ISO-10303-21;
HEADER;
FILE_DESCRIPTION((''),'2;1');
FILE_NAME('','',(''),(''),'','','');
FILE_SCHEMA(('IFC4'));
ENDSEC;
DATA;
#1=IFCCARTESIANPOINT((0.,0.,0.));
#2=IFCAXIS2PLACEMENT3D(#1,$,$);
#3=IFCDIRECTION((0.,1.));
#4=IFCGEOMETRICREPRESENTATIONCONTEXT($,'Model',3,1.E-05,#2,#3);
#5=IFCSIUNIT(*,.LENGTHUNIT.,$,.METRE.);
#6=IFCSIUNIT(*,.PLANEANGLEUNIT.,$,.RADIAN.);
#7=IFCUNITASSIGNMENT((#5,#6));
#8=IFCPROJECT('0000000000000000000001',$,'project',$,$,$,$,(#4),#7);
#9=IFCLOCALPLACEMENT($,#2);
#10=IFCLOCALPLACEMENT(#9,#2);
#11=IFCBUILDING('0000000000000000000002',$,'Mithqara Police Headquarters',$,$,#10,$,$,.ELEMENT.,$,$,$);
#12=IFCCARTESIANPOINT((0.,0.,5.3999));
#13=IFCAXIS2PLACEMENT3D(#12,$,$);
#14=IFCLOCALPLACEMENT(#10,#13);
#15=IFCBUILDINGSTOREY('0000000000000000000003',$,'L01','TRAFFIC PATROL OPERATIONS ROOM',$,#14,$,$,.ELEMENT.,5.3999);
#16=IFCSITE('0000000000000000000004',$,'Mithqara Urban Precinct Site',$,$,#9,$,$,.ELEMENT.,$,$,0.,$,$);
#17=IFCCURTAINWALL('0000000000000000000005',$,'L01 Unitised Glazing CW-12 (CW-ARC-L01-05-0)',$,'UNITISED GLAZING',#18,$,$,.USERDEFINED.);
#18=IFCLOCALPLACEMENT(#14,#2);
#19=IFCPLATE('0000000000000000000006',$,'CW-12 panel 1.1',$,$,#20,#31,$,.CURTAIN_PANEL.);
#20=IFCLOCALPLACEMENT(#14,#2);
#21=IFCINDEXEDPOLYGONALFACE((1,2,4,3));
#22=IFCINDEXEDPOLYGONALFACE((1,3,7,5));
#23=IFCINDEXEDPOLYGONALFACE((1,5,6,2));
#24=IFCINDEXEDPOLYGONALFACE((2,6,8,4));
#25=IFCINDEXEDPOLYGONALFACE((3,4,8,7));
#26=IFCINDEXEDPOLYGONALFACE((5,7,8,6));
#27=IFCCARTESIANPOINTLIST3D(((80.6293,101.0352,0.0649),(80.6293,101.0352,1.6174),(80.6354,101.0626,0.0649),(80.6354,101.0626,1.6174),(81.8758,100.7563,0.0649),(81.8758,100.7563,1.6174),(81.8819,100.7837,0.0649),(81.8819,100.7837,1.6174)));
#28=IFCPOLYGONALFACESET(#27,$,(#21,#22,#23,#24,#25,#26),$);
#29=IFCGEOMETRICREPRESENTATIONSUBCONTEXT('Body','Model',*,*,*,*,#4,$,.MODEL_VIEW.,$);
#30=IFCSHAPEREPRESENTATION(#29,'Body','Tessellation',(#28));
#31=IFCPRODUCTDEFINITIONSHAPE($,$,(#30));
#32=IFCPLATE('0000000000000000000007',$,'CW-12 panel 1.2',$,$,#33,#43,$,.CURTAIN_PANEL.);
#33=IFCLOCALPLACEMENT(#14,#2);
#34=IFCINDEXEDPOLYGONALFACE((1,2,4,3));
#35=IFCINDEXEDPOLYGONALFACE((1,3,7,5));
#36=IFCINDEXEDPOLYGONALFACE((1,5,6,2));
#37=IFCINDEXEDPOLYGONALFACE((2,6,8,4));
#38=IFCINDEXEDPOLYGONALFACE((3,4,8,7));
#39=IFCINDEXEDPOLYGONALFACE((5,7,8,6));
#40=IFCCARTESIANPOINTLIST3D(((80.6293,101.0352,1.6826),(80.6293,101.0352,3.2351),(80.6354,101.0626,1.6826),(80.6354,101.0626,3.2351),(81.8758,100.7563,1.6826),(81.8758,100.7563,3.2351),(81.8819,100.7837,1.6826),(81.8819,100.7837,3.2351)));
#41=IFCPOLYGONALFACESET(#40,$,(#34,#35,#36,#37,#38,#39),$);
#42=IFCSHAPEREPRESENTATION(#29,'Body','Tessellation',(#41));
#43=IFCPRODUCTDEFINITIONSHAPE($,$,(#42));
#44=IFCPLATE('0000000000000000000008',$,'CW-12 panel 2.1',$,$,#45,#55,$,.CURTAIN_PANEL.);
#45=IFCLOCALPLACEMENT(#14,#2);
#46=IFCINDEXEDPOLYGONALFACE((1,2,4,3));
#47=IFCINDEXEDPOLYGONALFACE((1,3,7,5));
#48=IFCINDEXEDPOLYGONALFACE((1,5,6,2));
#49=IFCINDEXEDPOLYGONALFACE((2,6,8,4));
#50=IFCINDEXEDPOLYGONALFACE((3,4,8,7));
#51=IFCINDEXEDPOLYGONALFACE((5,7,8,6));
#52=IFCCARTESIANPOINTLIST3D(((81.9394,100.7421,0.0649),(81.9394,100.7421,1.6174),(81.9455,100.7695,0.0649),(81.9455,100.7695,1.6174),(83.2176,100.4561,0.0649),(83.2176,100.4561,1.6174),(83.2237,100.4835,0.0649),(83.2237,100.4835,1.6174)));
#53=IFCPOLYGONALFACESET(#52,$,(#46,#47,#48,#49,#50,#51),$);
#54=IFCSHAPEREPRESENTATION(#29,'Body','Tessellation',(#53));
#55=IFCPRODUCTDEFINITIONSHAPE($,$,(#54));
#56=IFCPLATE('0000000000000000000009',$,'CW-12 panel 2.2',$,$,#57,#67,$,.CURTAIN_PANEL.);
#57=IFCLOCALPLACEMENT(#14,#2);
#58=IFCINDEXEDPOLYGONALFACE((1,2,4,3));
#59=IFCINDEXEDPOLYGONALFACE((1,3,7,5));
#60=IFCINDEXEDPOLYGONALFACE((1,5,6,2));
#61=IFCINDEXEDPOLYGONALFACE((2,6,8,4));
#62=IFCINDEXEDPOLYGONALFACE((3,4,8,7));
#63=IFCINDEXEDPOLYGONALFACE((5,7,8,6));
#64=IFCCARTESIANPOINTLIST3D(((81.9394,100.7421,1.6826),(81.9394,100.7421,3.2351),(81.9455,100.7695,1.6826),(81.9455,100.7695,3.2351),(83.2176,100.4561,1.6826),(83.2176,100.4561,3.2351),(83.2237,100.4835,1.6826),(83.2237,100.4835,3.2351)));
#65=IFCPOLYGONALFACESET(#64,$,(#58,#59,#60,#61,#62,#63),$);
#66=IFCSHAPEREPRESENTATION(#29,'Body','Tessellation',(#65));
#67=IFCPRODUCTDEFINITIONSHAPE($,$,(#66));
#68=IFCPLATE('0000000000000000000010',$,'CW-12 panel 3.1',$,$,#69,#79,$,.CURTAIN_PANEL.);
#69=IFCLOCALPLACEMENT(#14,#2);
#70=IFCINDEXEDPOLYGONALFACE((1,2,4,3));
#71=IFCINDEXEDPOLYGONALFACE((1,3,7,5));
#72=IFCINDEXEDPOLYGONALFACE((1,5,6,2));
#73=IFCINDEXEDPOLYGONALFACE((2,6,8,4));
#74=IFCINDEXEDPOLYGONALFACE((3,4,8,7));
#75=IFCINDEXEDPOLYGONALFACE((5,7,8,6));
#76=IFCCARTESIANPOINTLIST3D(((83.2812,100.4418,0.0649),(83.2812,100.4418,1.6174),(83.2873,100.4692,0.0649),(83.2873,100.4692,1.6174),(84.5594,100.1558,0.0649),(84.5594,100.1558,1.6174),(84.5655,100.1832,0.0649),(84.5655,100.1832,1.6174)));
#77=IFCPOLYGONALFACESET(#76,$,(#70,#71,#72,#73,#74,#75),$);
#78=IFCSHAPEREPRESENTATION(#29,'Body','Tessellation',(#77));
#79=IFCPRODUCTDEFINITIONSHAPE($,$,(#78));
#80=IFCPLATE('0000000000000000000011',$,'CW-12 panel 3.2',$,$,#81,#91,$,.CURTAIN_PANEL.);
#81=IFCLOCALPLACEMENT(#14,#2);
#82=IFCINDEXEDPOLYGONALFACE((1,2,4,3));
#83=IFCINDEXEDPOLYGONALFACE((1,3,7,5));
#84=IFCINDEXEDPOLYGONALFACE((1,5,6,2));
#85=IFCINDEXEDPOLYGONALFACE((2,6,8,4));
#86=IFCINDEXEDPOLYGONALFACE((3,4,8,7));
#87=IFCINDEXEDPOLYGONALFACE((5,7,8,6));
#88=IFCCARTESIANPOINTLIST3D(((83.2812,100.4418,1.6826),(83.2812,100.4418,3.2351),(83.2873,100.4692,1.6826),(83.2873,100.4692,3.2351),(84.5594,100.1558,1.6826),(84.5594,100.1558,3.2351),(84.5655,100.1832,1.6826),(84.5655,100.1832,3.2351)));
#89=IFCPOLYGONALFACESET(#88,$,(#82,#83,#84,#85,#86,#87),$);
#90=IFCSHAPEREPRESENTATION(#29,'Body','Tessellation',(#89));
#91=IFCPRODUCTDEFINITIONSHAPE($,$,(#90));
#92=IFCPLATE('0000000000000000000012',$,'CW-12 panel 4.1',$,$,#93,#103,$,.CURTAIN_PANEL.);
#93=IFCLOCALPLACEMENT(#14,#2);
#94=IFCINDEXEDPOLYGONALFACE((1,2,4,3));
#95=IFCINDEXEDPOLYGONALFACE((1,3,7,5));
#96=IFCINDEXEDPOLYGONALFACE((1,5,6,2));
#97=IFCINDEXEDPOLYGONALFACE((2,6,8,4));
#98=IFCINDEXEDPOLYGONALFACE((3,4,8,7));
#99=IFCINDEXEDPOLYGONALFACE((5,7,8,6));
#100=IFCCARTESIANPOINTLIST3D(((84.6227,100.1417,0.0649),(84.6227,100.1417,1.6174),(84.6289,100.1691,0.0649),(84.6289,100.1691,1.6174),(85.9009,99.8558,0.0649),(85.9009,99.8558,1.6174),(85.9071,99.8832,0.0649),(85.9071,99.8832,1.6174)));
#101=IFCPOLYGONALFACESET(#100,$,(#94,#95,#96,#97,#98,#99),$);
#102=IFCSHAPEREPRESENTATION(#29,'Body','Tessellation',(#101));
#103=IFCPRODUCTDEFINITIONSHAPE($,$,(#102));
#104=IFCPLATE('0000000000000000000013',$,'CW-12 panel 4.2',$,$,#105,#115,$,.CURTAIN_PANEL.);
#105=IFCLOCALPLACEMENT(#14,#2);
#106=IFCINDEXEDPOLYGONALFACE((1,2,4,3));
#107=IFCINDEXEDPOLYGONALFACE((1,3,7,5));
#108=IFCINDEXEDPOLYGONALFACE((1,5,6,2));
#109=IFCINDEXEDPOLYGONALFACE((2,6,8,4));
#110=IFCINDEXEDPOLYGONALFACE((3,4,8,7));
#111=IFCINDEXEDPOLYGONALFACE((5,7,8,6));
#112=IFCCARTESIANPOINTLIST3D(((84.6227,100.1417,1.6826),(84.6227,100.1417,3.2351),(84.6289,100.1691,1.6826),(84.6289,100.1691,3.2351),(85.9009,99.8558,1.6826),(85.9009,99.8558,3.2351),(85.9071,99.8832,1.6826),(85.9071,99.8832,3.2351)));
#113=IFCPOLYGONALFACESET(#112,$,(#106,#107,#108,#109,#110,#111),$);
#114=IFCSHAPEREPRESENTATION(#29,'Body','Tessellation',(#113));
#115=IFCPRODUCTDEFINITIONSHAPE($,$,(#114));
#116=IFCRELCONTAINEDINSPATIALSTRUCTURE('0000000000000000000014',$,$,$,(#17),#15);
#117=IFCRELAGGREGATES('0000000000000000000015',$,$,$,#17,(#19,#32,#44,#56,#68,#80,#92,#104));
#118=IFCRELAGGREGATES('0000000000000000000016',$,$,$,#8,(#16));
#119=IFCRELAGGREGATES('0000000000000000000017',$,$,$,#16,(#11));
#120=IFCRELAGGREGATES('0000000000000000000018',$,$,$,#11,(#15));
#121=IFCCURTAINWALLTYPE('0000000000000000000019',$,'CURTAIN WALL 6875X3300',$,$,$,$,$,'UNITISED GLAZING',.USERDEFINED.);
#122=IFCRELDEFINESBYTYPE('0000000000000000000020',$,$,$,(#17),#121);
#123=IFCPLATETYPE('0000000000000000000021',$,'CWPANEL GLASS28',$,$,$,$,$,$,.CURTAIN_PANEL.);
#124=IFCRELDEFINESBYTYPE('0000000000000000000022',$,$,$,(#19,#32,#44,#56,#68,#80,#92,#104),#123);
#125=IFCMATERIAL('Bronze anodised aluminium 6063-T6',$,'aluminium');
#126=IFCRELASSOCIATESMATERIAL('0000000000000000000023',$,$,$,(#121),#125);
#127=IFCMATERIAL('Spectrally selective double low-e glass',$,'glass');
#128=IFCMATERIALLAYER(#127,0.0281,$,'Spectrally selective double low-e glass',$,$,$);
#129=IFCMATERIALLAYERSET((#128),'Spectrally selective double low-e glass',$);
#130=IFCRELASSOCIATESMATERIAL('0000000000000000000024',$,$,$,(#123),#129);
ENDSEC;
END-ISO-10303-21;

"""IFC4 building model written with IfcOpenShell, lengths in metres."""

from ifc_helpers import new_model, si_unit, direction, frame, origin, origin_2d, place, context, subcontext, project, spatial, rectangle, extrude, material, layer, layer_set, type_object, element, aggregate, save


model = new_model("IFC4")

# Units and contexts
model_context = context("Model", 3, precision=1e-05, world=origin(), true_north=direction((0.0, 1.0)))
body_context = subcontext(model_context, "Body", "Model", "MODEL_VIEW")
ifc_project = project(units=[si_unit("LENGTHUNIT", "METRE"), si_unit("PLANEANGLEUNIT", "RADIAN")], contexts=[model_context])

# Site, building, storey
site_placement = place(None, origin())
site = spatial("IfcSite", under=ifc_project, at=site_placement, Name="Mithqara Urban Precinct Site", CompositionType="ELEMENT", RefElevation=0.0)
building_placement = place(site_placement, origin())
building = spatial("IfcBuilding", under=site, at=building_placement, Name="Mithqara Police Headquarters", CompositionType="ELEMENT")
storey_placement = place(building_placement, frame((0.0, 0.0, 5.3999)))
storey = spatial("IfcBuildingStorey", under=building, at=storey_placement, Name="L01", Description="TRAFFIC PATROL OPERATIONS ROOM", CompositionType="ELEMENT", Elevation=5.3999)

# Curtain wall, plates
ifc_material_1 = material(Name="Bronze anodised aluminium 6063-T6", Category="aluminium")
curtain_wall_type = type_object("IfcCurtainWallType", Name="CURTAIN WALL 6875X3300", ElementType="UNITISED GLAZING", PredefinedType="USERDEFINED", material=ifc_material_1)
curtain_wall_placement = place(storey_placement, origin())
curtain_wall = element("IfcCurtainWall", 1, at=curtain_wall_placement, inside=storey, type_object=curtain_wall_type, Name="L01 Unitised Glazing CW-12 (CW-ARC-L01-05-0)", ObjectType="UNITISED GLAZING", PredefinedType="USERDEFINED")
ifc_material_2 = material(Name="Spectrally selective double low-e glass", Category="glass")
ifc_layer = layer(ifc_material_2, 0.0281, Name="Spectrally selective double low-e glass")
ifc_layer_set = layer_set([ifc_layer], Name="Spectrally selective double low-e glass")
plate_type = type_object("IfcPlateType", Name="CWPANEL GLASS28", PredefinedType="CURTAIN_PANEL", material=ifc_layer_set)
plate_1_placement = place(storey_placement, frame((81.2556, 100.9094, 0.0649), z_axis=(0.0, 0.0, 1.0), x_axis=(0.975873, -0.218341, 0.0)))
plate_1 = element("IfcPlate", 2, at=plate_1_placement, type_object=plate_type, Name="CW-12 panel 1.1", PredefinedType="CURTAIN_PANEL", context=body_context, shape_type="SweptSolid", body=[
    extrude(rectangle(XDim=1.2773, YDim=0.0281, at=origin_2d()), origin(), (0.0, 0.0, 1.0), 1.5525),
])
plate_2_placement = place(storey_placement, frame((81.2556, 100.9094, 1.6826), z_axis=(0.0, 0.0, 1.0), x_axis=(0.975873, -0.218341, 0.0)))
plate_2 = element("IfcPlate", 3, at=plate_2_placement, type_object=plate_type, Name="CW-12 panel 1.2", PredefinedType="CURTAIN_PANEL", context=body_context, shape_type="SweptSolid", body=[
    extrude(rectangle(XDim=1.2773, YDim=0.0281, at=origin_2d()), origin(), (0.0, 0.0, 1.0), 1.5525),
])
plate_3_placement = place(storey_placement, frame((82.5815, 100.6128, 0.0649), z_axis=(0.0, 0.0, 1.0), x_axis=(0.975873, -0.218341, 0.0)))
plate_3 = element("IfcPlate", 4, at=plate_3_placement, type_object=plate_type, Name="CW-12 panel 2.1", PredefinedType="CURTAIN_PANEL", context=body_context, shape_type="SweptSolid", body=[
    extrude(rectangle(XDim=1.3098, YDim=0.0281, at=origin_2d()), origin(), (0.0, 0.0, 1.0), 1.5525),
])
plate_4_placement = place(storey_placement, frame((82.5815, 100.6128, 1.6826), z_axis=(0.0, 0.0, 1.0), x_axis=(0.975873, -0.218341, 0.0)))
plate_4 = element("IfcPlate", 5, at=plate_4_placement, type_object=plate_type, Name="CW-12 panel 2.2", PredefinedType="CURTAIN_PANEL", context=body_context, shape_type="SweptSolid", body=[
    extrude(rectangle(XDim=1.3098, YDim=0.0281, at=origin_2d()), origin(), (0.0, 0.0, 1.0), 1.5525),
])
plate_5_placement = place(storey_placement, frame((83.9233, 100.3125, 0.0649), z_axis=(0.0, 0.0, 1.0), x_axis=(0.975873, -0.218341, 0.0)))
plate_5 = element("IfcPlate", 6, at=plate_5_placement, type_object=plate_type, Name="CW-12 panel 3.1", PredefinedType="CURTAIN_PANEL", context=body_context, shape_type="SweptSolid", body=[
    extrude(rectangle(XDim=1.3098, YDim=0.0281, at=origin_2d()), origin(), (0.0, 0.0, 1.0), 1.5525),
])
plate_6_placement = place(storey_placement, frame((83.9233, 100.3125, 1.6826), z_axis=(0.0, 0.0, 1.0), x_axis=(0.975873, -0.218341, 0.0)))
plate_6 = element("IfcPlate", 7, at=plate_6_placement, type_object=plate_type, Name="CW-12 panel 3.2", PredefinedType="CURTAIN_PANEL", context=body_context, shape_type="SweptSolid", body=[
    extrude(rectangle(XDim=1.3098, YDim=0.0281, at=origin_2d()), origin(), (0.0, 0.0, 1.0), 1.5525),
])
plate_7_placement = place(storey_placement, frame((85.2649, 100.0125, 0.0649), z_axis=(0.0, 0.0, 1.0), x_axis=(0.975873, -0.218341, 0.0)))
plate_7 = element("IfcPlate", 8, at=plate_7_placement, type_object=plate_type, Name="CW-12 panel 4.1", PredefinedType="CURTAIN_PANEL", context=body_context, shape_type="SweptSolid", body=[
    extrude(rectangle(XDim=1.3098, YDim=0.0281, at=origin_2d()), origin(), (0.0, 0.0, 1.0), 1.5525),
])
plate_8_placement = place(storey_placement, frame((85.2649, 100.0125, 1.6826), z_axis=(0.0, 0.0, 1.0), x_axis=(0.975873, -0.218341, 0.0)))
plate_8 = element("IfcPlate", 9, at=plate_8_placement, type_object=plate_type, Name="CW-12 panel 4.2", PredefinedType="CURTAIN_PANEL", context=body_context, shape_type="SweptSolid", body=[
    extrude(rectangle(XDim=1.3098, YDim=0.0281, at=origin_2d()), origin(), (0.0, 0.0, 1.0), 1.5525),
])
aggregate(curtain_wall, [plate_1, plate_2, plate_3, plate_4, plate_5, plate_6, plate_7, plate_8])

save(model, "model.ifc")
